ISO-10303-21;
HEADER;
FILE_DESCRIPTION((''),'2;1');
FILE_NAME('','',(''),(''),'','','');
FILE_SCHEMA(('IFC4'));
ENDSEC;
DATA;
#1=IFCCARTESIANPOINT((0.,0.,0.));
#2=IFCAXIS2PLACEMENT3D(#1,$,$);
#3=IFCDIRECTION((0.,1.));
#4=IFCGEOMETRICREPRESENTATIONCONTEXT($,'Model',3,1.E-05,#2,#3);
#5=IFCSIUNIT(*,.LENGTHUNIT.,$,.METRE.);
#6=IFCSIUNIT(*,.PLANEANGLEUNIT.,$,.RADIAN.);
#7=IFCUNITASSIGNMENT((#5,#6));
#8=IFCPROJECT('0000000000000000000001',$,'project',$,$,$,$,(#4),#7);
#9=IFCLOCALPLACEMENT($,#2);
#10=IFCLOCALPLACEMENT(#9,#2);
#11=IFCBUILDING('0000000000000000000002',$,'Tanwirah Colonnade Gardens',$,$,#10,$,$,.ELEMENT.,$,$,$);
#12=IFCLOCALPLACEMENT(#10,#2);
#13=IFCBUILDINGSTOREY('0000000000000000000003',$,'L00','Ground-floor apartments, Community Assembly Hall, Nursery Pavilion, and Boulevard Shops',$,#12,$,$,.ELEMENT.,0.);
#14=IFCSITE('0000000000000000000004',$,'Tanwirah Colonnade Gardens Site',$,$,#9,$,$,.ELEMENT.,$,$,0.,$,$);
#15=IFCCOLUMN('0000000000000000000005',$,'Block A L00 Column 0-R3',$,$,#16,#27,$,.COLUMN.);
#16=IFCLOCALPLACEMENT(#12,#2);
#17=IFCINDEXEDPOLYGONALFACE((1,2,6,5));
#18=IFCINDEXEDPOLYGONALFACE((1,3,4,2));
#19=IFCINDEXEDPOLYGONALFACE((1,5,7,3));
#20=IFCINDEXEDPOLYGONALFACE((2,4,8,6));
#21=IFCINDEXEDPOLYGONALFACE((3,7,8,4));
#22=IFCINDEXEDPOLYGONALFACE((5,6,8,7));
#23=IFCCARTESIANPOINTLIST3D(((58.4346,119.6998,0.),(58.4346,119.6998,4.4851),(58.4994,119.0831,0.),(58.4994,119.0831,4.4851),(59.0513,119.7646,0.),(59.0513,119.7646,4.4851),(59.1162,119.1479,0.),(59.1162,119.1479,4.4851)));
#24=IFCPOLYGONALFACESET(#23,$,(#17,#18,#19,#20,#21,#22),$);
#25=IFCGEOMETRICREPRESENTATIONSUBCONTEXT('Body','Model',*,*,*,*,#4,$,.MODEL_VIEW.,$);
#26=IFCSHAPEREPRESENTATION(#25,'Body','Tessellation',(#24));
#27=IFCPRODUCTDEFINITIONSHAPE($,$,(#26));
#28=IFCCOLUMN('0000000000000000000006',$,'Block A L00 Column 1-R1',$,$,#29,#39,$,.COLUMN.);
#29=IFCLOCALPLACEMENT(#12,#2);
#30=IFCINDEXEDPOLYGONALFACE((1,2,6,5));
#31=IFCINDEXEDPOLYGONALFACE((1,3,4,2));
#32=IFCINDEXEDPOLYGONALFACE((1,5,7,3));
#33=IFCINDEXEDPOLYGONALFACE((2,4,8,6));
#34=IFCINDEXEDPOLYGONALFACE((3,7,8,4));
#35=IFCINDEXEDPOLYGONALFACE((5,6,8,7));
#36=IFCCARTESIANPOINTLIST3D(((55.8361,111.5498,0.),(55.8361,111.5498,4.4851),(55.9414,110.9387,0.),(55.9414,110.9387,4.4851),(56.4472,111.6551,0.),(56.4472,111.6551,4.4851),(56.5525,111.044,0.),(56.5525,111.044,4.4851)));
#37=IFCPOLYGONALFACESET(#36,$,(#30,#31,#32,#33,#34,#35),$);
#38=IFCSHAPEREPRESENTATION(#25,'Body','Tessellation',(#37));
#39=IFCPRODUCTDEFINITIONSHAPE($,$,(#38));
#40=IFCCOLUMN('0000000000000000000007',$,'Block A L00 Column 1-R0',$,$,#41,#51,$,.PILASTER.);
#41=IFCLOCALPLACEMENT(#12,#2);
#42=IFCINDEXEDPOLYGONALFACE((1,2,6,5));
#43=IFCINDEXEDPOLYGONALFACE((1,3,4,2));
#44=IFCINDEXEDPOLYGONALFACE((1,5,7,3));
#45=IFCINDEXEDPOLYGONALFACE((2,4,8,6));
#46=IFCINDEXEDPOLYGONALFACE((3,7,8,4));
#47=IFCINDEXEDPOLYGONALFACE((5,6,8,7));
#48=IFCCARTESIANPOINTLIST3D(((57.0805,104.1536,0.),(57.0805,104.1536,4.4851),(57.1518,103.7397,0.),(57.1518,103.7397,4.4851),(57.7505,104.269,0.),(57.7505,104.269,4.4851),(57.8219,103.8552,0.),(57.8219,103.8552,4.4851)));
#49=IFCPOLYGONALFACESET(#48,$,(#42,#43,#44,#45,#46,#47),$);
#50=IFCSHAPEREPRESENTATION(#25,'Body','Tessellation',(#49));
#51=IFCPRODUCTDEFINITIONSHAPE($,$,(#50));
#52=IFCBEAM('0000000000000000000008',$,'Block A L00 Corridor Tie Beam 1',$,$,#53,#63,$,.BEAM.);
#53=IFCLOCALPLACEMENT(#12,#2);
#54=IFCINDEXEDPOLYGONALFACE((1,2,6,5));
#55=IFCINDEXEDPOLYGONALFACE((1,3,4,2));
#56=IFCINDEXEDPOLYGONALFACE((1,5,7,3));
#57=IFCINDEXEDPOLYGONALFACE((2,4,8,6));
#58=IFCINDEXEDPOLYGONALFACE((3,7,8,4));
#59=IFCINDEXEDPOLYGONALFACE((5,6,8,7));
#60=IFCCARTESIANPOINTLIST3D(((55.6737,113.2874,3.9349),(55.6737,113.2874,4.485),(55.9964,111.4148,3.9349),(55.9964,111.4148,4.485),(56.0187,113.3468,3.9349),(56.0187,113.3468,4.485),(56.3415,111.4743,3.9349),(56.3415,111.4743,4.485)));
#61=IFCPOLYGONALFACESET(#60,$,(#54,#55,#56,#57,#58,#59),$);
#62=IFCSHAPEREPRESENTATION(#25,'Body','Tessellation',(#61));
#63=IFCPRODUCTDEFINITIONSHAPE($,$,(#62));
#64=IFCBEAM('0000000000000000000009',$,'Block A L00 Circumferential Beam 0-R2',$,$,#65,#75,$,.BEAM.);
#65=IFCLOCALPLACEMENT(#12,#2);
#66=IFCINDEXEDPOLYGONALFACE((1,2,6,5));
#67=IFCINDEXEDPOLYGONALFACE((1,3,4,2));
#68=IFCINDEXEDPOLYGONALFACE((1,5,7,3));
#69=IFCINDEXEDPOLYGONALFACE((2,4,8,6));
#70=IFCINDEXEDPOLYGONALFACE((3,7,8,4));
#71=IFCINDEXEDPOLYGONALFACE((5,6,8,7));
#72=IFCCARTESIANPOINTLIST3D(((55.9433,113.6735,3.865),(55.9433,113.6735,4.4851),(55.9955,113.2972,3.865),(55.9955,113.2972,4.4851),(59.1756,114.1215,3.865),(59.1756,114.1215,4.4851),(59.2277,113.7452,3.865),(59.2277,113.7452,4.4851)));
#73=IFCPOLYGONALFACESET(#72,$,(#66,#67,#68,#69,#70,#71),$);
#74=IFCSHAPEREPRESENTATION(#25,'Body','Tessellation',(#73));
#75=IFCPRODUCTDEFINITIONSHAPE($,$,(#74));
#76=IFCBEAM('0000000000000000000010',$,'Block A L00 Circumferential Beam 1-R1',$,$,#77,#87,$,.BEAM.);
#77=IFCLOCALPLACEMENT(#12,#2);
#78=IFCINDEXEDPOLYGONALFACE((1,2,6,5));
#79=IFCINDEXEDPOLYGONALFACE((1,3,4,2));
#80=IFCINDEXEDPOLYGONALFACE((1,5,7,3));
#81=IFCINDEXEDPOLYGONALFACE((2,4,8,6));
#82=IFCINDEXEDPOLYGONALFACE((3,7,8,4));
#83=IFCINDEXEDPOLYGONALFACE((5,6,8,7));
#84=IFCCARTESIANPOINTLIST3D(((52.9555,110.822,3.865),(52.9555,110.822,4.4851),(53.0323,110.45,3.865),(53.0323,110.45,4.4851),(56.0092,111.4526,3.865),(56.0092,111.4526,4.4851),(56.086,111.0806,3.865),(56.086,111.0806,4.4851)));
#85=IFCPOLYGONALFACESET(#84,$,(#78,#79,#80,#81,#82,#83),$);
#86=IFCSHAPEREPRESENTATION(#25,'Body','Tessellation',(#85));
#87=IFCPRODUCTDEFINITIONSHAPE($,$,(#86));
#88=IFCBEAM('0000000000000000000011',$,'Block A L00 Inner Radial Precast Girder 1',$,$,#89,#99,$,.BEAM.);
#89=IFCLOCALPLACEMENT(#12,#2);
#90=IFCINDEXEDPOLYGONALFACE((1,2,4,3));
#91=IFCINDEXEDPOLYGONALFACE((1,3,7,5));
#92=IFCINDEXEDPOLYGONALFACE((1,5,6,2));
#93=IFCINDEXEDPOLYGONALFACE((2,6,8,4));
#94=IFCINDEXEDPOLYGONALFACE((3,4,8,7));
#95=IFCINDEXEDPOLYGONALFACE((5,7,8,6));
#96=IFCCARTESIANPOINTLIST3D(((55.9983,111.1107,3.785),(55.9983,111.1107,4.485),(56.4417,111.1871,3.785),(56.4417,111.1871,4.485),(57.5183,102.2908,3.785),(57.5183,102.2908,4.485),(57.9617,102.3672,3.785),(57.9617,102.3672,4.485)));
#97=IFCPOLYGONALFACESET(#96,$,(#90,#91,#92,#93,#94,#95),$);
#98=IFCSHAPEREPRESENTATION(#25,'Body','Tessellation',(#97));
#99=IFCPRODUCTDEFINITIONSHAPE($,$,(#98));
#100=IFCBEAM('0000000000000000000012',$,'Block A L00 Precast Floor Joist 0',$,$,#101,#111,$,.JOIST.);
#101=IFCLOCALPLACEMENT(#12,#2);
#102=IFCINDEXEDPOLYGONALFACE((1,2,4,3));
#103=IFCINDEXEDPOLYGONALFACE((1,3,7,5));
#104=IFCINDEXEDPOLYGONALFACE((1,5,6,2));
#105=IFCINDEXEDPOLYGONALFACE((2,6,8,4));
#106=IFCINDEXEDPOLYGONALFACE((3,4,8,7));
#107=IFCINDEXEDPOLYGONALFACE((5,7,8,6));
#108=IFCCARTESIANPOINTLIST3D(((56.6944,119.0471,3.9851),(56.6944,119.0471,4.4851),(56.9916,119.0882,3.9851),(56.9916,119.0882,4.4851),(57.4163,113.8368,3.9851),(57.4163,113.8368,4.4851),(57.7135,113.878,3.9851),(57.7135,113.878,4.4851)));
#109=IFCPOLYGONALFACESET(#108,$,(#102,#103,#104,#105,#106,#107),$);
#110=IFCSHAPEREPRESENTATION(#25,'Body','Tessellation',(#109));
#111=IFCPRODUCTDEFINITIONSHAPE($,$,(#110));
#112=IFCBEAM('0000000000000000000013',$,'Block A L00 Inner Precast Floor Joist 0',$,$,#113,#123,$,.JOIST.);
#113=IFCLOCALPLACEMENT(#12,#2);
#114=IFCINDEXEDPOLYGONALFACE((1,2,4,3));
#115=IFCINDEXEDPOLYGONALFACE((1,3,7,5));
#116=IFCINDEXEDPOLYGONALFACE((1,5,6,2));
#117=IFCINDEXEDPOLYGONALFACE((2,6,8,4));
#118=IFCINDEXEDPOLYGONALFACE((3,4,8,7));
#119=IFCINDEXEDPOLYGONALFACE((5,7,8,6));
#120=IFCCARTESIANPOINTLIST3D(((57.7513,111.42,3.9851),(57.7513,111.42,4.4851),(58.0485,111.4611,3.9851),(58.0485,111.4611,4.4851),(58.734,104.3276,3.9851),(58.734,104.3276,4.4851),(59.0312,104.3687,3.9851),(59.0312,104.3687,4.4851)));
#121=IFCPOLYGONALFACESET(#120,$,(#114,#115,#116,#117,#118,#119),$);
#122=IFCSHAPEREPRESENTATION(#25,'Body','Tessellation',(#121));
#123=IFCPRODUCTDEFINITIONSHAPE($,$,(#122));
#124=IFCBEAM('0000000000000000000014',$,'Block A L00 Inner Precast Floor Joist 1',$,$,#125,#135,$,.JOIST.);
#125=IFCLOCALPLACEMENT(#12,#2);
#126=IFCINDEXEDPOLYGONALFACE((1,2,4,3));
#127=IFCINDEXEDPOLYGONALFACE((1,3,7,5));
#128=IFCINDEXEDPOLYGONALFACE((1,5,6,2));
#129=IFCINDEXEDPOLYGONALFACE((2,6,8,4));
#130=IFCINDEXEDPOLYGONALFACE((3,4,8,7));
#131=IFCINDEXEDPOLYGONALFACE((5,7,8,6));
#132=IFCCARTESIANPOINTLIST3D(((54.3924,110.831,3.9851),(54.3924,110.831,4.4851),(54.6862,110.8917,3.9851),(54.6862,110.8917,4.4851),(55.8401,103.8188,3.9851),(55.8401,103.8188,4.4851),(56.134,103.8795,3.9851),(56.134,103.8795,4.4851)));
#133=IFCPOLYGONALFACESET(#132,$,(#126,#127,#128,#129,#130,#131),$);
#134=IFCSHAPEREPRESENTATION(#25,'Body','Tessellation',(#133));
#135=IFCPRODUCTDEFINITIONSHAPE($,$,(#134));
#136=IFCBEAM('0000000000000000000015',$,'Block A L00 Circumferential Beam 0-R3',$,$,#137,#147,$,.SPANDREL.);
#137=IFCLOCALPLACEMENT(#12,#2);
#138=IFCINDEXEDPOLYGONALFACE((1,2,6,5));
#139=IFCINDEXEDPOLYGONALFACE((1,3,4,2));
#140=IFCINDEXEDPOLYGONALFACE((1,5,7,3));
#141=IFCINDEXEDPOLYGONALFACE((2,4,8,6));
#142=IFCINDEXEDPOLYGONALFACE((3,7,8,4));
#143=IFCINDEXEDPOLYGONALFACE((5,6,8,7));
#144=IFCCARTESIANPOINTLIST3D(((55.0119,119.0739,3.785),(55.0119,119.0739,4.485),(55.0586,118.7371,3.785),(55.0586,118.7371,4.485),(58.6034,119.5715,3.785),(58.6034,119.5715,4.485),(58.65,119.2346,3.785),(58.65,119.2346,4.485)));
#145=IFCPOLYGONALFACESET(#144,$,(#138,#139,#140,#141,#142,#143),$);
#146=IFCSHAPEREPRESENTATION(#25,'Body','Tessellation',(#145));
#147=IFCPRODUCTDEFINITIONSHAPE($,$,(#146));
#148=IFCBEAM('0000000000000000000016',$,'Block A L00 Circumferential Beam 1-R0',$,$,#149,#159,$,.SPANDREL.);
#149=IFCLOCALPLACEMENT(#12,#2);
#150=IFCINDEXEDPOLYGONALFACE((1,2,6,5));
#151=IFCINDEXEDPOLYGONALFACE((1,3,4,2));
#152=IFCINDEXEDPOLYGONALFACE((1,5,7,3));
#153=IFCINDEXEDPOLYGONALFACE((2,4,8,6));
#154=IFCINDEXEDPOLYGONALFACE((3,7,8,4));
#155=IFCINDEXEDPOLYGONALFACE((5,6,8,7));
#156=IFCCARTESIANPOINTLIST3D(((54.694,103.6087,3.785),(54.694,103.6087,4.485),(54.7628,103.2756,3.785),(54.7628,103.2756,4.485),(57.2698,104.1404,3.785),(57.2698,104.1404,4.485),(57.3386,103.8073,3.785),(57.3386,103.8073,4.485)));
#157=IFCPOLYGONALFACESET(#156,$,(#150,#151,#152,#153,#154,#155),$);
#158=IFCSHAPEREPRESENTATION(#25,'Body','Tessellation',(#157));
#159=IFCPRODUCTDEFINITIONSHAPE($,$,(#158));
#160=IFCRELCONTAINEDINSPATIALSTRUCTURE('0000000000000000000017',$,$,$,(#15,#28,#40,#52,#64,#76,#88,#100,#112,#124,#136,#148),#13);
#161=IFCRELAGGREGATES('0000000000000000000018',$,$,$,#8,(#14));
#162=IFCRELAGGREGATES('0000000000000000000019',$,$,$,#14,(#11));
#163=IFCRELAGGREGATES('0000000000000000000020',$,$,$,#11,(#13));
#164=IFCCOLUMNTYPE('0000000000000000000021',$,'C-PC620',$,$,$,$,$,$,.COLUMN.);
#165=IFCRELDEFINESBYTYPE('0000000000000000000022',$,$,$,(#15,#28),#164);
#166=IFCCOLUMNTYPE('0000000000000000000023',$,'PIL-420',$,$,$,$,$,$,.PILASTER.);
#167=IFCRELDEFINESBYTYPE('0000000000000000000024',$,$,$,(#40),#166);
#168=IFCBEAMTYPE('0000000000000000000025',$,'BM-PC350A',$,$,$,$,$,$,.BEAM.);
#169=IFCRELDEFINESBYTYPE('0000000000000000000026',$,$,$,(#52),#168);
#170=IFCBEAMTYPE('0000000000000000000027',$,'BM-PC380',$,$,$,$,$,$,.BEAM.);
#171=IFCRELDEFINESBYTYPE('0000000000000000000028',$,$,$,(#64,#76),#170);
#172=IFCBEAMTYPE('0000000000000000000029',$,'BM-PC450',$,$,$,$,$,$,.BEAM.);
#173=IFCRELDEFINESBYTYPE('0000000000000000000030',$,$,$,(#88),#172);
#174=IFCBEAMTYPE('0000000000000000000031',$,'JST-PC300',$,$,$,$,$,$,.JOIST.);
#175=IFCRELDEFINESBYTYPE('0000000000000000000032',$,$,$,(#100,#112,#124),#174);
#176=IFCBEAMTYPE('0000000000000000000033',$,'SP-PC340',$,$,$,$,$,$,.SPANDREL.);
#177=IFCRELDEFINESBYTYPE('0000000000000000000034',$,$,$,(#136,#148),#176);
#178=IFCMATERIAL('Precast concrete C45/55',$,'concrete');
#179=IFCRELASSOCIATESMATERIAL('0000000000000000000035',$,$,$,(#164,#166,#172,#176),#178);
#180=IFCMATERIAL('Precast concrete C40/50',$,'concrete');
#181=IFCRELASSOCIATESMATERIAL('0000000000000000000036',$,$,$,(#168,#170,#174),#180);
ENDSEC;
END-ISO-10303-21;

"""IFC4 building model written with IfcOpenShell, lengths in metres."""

from ifc_helpers import new_model, si_unit, direction, frame, origin, origin_2d, place, context, subcontext, project, spatial, rectangle, extrude, material, material_profile, profile_set, type_object, element, save


model = new_model("IFC4")

# Units and contexts
model_context = context("Model", 3, precision=1e-05, world=origin(), true_north=direction((0.0, 1.0)))
body_context = subcontext(model_context, "Body", "Model", "MODEL_VIEW")
ifc_project = project(units=[si_unit("LENGTHUNIT", "METRE"), si_unit("PLANEANGLEUNIT", "RADIAN")], contexts=[model_context])

# Site, building, storey
site_placement = place(None, origin())
site = spatial("IfcSite", under=ifc_project, at=site_placement, Name="Tanwirah Colonnade Gardens Site", CompositionType="ELEMENT", RefElevation=0.0)
building_placement = place(site_placement, origin())
building = spatial("IfcBuilding", under=site, at=building_placement, Name="Tanwirah Colonnade Gardens", CompositionType="ELEMENT")
storey_placement = place(building_placement, origin())
storey = spatial("IfcBuildingStorey", under=building, at=storey_placement, Name="L00", Description="Ground-floor apartments, Community Assembly Hall, Nursery Pavilion, and Boulevard Shops", CompositionType="ELEMENT", Elevation=0.0)

# Columns
ifc_material_1 = material(Name="Precast concrete C45/55", Category="concrete")
ifc_material_profile_1 = material_profile(ifc_material_1, rectangle(XDim=0.6201, YDim=0.6201, at=origin_2d()), Name="PC-COL 620x620")
ifc_profile_set_1 = profile_set([ifc_material_profile_1], Name="Precast concrete C45/55")
column_type_1 = type_object("IfcColumnType", Name="C-PC620", PredefinedType="COLUMN", material=ifc_profile_set_1)
for number, where, z_axis, x_axis, name in (
    (1, (58.7754, 119.4238, 0.0), (0.0, 0.0, 1.0), (-0.104528, 0.994522, 0.0), "Block A L00 Column 0-R3"),
    (2, (56.1943, 111.2969, 0.0), (0.0, 0.0, 1.0), (-0.169827, 0.985474, 0.0), "Block A L00 Column 1-R1"),
):
    element("IfcColumn", number, at=place(storey_placement, frame(where, z_axis=z_axis, x_axis=x_axis)), inside=storey, type_object=column_type_1, Name=name, PredefinedType="COLUMN", context=body_context, shape_type="SweptSolid", body=[
        extrude(rectangle(XDim=0.6201, YDim=0.6201, at=origin_2d()), origin(), (0.0, 0.0, 1.0), 4.4851),
    ])
ifc_material_profile_2 = material_profile(ifc_material_1, rectangle(XDim=0.4199, YDim=0.6799, at=origin_2d()), Name="PC-PIL 420x680")
ifc_profile_set_2 = profile_set([ifc_material_profile_2], Name="Precast concrete C45/55")
column_type_2 = type_object("IfcColumnType", Name="PIL-420", PredefinedType="PILASTER", material=ifc_profile_set_2)
column_placement = place(storey_placement, frame((57.4512, 104.0044, 0.0), z_axis=(0.0, 0.0, 1.0), x_axis=(-0.169827, 0.985474, 0.0)))
element("IfcColumn", 3, at=column_placement, inside=storey, type_object=column_type_2, Name="Block A L00 Column 1-R0", PredefinedType="PILASTER", context=body_context, shape_type="SweptSolid", body=[
    extrude(rectangle(XDim=0.4199, YDim=0.6799, at=origin_2d()), origin(), (0.0, 0.0, 1.0), 4.4851),
])

# Beams
ifc_material_2 = material(Name="Precast concrete C40/50", Category="concrete")
ifc_material_profile_3 = material_profile(ifc_material_2, rectangle(XDim=0.3501, YDim=0.55, at=origin_2d()), Name="PC-BM 350x550")
ifc_profile_set_3 = profile_set([ifc_material_profile_3], Name="Precast concrete C40/50")
beam_type_1 = type_object("IfcBeamType", Name="BM-PC350A", PredefinedType="BEAM", material=ifc_profile_set_3)
beam_1_placement = place(storey_placement, frame((56.1689, 111.4446, 4.21), z_axis=(-0.169855, 0.985469, 0.0), x_axis=(-0.985469, -0.169855, 0.0)))
element("IfcBeam", 4, at=beam_1_placement, inside=storey, type_object=beam_type_1, Name="Block A L00 Corridor Tie Beam 1", PredefinedType="BEAM", context=body_context, shape_type="SweptSolid", body=[
    extrude(rectangle(XDim=0.3501, YDim=0.55, at=origin_2d()), origin(), (0.0, 0.0, 1.0), 1.9001),
])
ifc_material_profile_4 = material_profile(ifc_material_2, rectangle(XDim=0.3799, YDim=0.6201, at=origin_2d()), Name="PC-BM 380x620")
ifc_profile_set_4 = profile_set([ifc_material_profile_4], Name="Precast concrete C40/50")
beam_type_2 = type_object("IfcBeamType", Name="BM-PC380", PredefinedType="BEAM", material=ifc_profile_set_4)
beam_2_placement = place(storey_placement, frame((59.2017, 113.9333, 4.175), z_axis=(-0.99053, -0.137293, 0.0), x_axis=(0.137293, -0.99053, 0.0)))
element("IfcBeam", 5, at=beam_2_placement, inside=storey, type_object=beam_type_2, Name="Block A L00 Circumferential Beam 0-R2", PredefinedType="BEAM", context=body_context, shape_type="SweptSolid", body=[
    extrude(rectangle(XDim=0.3799, YDim=0.6201, at=origin_2d()), origin(), (0.0, 0.0, 1.0), 3.2632),
])
beam_3_placement = place(storey_placement, frame((56.0476, 111.2666, 4.175), z_axis=(-0.979336, -0.202241, 0.0), x_axis=(0.202241, -0.979336, 0.0)))
element("IfcBeam", 6, at=beam_3_placement, inside=storey, type_object=beam_type_2, Name="Block A L00 Circumferential Beam 1-R1", PredefinedType="BEAM", context=body_context, shape_type="SweptSolid", body=[
    extrude(rectangle(XDim=0.3799, YDim=0.6201, at=origin_2d()), origin(), (0.0, 0.0, 1.0), 3.1182),
])
ifc_material_profile_5 = material_profile(ifc_material_1, rectangle(XDim=0.45, YDim=0.7, at=origin_2d()), Name="PC-BM 450x700")
ifc_profile_set_5 = profile_set([ifc_material_profile_5], Name="Precast concrete C45/55")
beam_type_3 = type_object("IfcBeamType", Name="BM-PC450", PredefinedType="BEAM", material=ifc_profile_set_5)
beam_4_placement = place(storey_placement, frame((56.22, 111.1489, 4.135), z_axis=(0.169837, -0.985472, 0.0), x_axis=(0.985472, 0.169837, 0.0)))
element("IfcBeam", 7, at=beam_4_placement, inside=storey, type_object=beam_type_3, Name="Block A L00 Inner Radial Precast Girder 1", PredefinedType="BEAM", context=body_context, shape_type="SweptSolid", body=[
    extrude(rectangle(XDim=0.45, YDim=0.7, at=origin_2d()), origin(), (0.0, 0.0, 1.0), 8.95),
])
ifc_material_profile_6 = material_profile(ifc_material_2, rectangle(XDim=0.3, YDim=0.5, at=origin_2d()), Name="PC-JST 300x500")
ifc_profile_set_6 = profile_set([ifc_material_profile_6], Name="Precast concrete C40/50")
beam_type_4 = type_object("IfcBeamType", Name="JST-PC300", PredefinedType="JOIST", material=ifc_profile_set_6)
beam_5_placement = place(storey_placement, frame((57.5649, 113.8574, 4.2351), z_axis=(-0.137248, 0.990537, 0.0), x_axis=(-0.990537, -0.137248, 0.0)))
element("IfcBeam", 8, at=beam_5_placement, inside=storey, type_object=beam_type_4, Name="Block A L00 Precast Floor Joist 0", PredefinedType="JOIST", context=body_context, shape_type="SweptSolid", body=[
    extrude(rectangle(XDim=0.3, YDim=0.5, at=origin_2d()), origin(), (0.0, 0.0, 1.0), 5.26),
])
for number, where, z_axis, x_axis, name in (
    (9, (58.8826, 104.3481, 4.2351), (-0.137243, 0.990537, 0.0), (-0.990537, -0.137243, 0.0), "Block A L00 Inner Precast Floor Joist 0"),
    (10, (55.9871, 103.8491, 4.2351), (-0.202197, 0.979345, 0.0), (-0.979345, -0.202197, 0.0), "Block A L00 Inner Precast Floor Joist 1"),
):
    element("IfcBeam", number, at=place(storey_placement, frame(where, z_axis=z_axis, x_axis=x_axis)), inside=storey, type_object=beam_type_4, Name=name, PredefinedType="JOIST", context=body_context, shape_type="SweptSolid", body=[
        extrude(rectangle(XDim=0.3, YDim=0.5, at=origin_2d()), origin(), (0.0, 0.0, 1.0), 7.1602),
    ])
ifc_material_profile_7 = material_profile(ifc_material_1, rectangle(XDim=0.3401, YDim=0.7, at=origin_2d()), Name="PC-SP 340x700")
ifc_profile_set_7 = profile_set([ifc_material_profile_7], Name="Precast concrete C45/55")
beam_type_5 = type_object("IfcBeamType", Name="SP-PC340", PredefinedType="SPANDREL", material=ifc_profile_set_7)
beam_6_placement = place(storey_placement, frame((58.6267, 119.4031, 4.135), z_axis=(-0.990539, -0.137234, 0.0), x_axis=(0.137234, -0.990539, 0.0)))
element("IfcBeam", 11, at=beam_6_placement, inside=storey, type_object=beam_type_5, Name="Block A L00 Circumferential Beam 0-R3", PredefinedType="SPANDREL", context=body_context, shape_type="SweptSolid", body=[
    extrude(rectangle(XDim=0.3401, YDim=0.7, at=origin_2d()), origin(), (0.0, 0.0, 1.0), 3.6257),
])
beam_7_placement = place(storey_placement, frame((57.3042, 103.9739, 4.135), z_axis=(-0.979352, -0.202164, 0.0), x_axis=(0.202164, -0.979352, 0.0)))
element("IfcBeam", 12, at=beam_7_placement, inside=storey, type_object=beam_type_5, Name="Block A L00 Circumferential Beam 1-R0", PredefinedType="SPANDREL", context=body_context, shape_type="SweptSolid", body=[
    extrude(rectangle(XDim=0.3401, YDim=0.7, at=origin_2d()), origin(), (0.0, 0.0, 1.0), 2.6301),
])

save(model, "model.ifc")
